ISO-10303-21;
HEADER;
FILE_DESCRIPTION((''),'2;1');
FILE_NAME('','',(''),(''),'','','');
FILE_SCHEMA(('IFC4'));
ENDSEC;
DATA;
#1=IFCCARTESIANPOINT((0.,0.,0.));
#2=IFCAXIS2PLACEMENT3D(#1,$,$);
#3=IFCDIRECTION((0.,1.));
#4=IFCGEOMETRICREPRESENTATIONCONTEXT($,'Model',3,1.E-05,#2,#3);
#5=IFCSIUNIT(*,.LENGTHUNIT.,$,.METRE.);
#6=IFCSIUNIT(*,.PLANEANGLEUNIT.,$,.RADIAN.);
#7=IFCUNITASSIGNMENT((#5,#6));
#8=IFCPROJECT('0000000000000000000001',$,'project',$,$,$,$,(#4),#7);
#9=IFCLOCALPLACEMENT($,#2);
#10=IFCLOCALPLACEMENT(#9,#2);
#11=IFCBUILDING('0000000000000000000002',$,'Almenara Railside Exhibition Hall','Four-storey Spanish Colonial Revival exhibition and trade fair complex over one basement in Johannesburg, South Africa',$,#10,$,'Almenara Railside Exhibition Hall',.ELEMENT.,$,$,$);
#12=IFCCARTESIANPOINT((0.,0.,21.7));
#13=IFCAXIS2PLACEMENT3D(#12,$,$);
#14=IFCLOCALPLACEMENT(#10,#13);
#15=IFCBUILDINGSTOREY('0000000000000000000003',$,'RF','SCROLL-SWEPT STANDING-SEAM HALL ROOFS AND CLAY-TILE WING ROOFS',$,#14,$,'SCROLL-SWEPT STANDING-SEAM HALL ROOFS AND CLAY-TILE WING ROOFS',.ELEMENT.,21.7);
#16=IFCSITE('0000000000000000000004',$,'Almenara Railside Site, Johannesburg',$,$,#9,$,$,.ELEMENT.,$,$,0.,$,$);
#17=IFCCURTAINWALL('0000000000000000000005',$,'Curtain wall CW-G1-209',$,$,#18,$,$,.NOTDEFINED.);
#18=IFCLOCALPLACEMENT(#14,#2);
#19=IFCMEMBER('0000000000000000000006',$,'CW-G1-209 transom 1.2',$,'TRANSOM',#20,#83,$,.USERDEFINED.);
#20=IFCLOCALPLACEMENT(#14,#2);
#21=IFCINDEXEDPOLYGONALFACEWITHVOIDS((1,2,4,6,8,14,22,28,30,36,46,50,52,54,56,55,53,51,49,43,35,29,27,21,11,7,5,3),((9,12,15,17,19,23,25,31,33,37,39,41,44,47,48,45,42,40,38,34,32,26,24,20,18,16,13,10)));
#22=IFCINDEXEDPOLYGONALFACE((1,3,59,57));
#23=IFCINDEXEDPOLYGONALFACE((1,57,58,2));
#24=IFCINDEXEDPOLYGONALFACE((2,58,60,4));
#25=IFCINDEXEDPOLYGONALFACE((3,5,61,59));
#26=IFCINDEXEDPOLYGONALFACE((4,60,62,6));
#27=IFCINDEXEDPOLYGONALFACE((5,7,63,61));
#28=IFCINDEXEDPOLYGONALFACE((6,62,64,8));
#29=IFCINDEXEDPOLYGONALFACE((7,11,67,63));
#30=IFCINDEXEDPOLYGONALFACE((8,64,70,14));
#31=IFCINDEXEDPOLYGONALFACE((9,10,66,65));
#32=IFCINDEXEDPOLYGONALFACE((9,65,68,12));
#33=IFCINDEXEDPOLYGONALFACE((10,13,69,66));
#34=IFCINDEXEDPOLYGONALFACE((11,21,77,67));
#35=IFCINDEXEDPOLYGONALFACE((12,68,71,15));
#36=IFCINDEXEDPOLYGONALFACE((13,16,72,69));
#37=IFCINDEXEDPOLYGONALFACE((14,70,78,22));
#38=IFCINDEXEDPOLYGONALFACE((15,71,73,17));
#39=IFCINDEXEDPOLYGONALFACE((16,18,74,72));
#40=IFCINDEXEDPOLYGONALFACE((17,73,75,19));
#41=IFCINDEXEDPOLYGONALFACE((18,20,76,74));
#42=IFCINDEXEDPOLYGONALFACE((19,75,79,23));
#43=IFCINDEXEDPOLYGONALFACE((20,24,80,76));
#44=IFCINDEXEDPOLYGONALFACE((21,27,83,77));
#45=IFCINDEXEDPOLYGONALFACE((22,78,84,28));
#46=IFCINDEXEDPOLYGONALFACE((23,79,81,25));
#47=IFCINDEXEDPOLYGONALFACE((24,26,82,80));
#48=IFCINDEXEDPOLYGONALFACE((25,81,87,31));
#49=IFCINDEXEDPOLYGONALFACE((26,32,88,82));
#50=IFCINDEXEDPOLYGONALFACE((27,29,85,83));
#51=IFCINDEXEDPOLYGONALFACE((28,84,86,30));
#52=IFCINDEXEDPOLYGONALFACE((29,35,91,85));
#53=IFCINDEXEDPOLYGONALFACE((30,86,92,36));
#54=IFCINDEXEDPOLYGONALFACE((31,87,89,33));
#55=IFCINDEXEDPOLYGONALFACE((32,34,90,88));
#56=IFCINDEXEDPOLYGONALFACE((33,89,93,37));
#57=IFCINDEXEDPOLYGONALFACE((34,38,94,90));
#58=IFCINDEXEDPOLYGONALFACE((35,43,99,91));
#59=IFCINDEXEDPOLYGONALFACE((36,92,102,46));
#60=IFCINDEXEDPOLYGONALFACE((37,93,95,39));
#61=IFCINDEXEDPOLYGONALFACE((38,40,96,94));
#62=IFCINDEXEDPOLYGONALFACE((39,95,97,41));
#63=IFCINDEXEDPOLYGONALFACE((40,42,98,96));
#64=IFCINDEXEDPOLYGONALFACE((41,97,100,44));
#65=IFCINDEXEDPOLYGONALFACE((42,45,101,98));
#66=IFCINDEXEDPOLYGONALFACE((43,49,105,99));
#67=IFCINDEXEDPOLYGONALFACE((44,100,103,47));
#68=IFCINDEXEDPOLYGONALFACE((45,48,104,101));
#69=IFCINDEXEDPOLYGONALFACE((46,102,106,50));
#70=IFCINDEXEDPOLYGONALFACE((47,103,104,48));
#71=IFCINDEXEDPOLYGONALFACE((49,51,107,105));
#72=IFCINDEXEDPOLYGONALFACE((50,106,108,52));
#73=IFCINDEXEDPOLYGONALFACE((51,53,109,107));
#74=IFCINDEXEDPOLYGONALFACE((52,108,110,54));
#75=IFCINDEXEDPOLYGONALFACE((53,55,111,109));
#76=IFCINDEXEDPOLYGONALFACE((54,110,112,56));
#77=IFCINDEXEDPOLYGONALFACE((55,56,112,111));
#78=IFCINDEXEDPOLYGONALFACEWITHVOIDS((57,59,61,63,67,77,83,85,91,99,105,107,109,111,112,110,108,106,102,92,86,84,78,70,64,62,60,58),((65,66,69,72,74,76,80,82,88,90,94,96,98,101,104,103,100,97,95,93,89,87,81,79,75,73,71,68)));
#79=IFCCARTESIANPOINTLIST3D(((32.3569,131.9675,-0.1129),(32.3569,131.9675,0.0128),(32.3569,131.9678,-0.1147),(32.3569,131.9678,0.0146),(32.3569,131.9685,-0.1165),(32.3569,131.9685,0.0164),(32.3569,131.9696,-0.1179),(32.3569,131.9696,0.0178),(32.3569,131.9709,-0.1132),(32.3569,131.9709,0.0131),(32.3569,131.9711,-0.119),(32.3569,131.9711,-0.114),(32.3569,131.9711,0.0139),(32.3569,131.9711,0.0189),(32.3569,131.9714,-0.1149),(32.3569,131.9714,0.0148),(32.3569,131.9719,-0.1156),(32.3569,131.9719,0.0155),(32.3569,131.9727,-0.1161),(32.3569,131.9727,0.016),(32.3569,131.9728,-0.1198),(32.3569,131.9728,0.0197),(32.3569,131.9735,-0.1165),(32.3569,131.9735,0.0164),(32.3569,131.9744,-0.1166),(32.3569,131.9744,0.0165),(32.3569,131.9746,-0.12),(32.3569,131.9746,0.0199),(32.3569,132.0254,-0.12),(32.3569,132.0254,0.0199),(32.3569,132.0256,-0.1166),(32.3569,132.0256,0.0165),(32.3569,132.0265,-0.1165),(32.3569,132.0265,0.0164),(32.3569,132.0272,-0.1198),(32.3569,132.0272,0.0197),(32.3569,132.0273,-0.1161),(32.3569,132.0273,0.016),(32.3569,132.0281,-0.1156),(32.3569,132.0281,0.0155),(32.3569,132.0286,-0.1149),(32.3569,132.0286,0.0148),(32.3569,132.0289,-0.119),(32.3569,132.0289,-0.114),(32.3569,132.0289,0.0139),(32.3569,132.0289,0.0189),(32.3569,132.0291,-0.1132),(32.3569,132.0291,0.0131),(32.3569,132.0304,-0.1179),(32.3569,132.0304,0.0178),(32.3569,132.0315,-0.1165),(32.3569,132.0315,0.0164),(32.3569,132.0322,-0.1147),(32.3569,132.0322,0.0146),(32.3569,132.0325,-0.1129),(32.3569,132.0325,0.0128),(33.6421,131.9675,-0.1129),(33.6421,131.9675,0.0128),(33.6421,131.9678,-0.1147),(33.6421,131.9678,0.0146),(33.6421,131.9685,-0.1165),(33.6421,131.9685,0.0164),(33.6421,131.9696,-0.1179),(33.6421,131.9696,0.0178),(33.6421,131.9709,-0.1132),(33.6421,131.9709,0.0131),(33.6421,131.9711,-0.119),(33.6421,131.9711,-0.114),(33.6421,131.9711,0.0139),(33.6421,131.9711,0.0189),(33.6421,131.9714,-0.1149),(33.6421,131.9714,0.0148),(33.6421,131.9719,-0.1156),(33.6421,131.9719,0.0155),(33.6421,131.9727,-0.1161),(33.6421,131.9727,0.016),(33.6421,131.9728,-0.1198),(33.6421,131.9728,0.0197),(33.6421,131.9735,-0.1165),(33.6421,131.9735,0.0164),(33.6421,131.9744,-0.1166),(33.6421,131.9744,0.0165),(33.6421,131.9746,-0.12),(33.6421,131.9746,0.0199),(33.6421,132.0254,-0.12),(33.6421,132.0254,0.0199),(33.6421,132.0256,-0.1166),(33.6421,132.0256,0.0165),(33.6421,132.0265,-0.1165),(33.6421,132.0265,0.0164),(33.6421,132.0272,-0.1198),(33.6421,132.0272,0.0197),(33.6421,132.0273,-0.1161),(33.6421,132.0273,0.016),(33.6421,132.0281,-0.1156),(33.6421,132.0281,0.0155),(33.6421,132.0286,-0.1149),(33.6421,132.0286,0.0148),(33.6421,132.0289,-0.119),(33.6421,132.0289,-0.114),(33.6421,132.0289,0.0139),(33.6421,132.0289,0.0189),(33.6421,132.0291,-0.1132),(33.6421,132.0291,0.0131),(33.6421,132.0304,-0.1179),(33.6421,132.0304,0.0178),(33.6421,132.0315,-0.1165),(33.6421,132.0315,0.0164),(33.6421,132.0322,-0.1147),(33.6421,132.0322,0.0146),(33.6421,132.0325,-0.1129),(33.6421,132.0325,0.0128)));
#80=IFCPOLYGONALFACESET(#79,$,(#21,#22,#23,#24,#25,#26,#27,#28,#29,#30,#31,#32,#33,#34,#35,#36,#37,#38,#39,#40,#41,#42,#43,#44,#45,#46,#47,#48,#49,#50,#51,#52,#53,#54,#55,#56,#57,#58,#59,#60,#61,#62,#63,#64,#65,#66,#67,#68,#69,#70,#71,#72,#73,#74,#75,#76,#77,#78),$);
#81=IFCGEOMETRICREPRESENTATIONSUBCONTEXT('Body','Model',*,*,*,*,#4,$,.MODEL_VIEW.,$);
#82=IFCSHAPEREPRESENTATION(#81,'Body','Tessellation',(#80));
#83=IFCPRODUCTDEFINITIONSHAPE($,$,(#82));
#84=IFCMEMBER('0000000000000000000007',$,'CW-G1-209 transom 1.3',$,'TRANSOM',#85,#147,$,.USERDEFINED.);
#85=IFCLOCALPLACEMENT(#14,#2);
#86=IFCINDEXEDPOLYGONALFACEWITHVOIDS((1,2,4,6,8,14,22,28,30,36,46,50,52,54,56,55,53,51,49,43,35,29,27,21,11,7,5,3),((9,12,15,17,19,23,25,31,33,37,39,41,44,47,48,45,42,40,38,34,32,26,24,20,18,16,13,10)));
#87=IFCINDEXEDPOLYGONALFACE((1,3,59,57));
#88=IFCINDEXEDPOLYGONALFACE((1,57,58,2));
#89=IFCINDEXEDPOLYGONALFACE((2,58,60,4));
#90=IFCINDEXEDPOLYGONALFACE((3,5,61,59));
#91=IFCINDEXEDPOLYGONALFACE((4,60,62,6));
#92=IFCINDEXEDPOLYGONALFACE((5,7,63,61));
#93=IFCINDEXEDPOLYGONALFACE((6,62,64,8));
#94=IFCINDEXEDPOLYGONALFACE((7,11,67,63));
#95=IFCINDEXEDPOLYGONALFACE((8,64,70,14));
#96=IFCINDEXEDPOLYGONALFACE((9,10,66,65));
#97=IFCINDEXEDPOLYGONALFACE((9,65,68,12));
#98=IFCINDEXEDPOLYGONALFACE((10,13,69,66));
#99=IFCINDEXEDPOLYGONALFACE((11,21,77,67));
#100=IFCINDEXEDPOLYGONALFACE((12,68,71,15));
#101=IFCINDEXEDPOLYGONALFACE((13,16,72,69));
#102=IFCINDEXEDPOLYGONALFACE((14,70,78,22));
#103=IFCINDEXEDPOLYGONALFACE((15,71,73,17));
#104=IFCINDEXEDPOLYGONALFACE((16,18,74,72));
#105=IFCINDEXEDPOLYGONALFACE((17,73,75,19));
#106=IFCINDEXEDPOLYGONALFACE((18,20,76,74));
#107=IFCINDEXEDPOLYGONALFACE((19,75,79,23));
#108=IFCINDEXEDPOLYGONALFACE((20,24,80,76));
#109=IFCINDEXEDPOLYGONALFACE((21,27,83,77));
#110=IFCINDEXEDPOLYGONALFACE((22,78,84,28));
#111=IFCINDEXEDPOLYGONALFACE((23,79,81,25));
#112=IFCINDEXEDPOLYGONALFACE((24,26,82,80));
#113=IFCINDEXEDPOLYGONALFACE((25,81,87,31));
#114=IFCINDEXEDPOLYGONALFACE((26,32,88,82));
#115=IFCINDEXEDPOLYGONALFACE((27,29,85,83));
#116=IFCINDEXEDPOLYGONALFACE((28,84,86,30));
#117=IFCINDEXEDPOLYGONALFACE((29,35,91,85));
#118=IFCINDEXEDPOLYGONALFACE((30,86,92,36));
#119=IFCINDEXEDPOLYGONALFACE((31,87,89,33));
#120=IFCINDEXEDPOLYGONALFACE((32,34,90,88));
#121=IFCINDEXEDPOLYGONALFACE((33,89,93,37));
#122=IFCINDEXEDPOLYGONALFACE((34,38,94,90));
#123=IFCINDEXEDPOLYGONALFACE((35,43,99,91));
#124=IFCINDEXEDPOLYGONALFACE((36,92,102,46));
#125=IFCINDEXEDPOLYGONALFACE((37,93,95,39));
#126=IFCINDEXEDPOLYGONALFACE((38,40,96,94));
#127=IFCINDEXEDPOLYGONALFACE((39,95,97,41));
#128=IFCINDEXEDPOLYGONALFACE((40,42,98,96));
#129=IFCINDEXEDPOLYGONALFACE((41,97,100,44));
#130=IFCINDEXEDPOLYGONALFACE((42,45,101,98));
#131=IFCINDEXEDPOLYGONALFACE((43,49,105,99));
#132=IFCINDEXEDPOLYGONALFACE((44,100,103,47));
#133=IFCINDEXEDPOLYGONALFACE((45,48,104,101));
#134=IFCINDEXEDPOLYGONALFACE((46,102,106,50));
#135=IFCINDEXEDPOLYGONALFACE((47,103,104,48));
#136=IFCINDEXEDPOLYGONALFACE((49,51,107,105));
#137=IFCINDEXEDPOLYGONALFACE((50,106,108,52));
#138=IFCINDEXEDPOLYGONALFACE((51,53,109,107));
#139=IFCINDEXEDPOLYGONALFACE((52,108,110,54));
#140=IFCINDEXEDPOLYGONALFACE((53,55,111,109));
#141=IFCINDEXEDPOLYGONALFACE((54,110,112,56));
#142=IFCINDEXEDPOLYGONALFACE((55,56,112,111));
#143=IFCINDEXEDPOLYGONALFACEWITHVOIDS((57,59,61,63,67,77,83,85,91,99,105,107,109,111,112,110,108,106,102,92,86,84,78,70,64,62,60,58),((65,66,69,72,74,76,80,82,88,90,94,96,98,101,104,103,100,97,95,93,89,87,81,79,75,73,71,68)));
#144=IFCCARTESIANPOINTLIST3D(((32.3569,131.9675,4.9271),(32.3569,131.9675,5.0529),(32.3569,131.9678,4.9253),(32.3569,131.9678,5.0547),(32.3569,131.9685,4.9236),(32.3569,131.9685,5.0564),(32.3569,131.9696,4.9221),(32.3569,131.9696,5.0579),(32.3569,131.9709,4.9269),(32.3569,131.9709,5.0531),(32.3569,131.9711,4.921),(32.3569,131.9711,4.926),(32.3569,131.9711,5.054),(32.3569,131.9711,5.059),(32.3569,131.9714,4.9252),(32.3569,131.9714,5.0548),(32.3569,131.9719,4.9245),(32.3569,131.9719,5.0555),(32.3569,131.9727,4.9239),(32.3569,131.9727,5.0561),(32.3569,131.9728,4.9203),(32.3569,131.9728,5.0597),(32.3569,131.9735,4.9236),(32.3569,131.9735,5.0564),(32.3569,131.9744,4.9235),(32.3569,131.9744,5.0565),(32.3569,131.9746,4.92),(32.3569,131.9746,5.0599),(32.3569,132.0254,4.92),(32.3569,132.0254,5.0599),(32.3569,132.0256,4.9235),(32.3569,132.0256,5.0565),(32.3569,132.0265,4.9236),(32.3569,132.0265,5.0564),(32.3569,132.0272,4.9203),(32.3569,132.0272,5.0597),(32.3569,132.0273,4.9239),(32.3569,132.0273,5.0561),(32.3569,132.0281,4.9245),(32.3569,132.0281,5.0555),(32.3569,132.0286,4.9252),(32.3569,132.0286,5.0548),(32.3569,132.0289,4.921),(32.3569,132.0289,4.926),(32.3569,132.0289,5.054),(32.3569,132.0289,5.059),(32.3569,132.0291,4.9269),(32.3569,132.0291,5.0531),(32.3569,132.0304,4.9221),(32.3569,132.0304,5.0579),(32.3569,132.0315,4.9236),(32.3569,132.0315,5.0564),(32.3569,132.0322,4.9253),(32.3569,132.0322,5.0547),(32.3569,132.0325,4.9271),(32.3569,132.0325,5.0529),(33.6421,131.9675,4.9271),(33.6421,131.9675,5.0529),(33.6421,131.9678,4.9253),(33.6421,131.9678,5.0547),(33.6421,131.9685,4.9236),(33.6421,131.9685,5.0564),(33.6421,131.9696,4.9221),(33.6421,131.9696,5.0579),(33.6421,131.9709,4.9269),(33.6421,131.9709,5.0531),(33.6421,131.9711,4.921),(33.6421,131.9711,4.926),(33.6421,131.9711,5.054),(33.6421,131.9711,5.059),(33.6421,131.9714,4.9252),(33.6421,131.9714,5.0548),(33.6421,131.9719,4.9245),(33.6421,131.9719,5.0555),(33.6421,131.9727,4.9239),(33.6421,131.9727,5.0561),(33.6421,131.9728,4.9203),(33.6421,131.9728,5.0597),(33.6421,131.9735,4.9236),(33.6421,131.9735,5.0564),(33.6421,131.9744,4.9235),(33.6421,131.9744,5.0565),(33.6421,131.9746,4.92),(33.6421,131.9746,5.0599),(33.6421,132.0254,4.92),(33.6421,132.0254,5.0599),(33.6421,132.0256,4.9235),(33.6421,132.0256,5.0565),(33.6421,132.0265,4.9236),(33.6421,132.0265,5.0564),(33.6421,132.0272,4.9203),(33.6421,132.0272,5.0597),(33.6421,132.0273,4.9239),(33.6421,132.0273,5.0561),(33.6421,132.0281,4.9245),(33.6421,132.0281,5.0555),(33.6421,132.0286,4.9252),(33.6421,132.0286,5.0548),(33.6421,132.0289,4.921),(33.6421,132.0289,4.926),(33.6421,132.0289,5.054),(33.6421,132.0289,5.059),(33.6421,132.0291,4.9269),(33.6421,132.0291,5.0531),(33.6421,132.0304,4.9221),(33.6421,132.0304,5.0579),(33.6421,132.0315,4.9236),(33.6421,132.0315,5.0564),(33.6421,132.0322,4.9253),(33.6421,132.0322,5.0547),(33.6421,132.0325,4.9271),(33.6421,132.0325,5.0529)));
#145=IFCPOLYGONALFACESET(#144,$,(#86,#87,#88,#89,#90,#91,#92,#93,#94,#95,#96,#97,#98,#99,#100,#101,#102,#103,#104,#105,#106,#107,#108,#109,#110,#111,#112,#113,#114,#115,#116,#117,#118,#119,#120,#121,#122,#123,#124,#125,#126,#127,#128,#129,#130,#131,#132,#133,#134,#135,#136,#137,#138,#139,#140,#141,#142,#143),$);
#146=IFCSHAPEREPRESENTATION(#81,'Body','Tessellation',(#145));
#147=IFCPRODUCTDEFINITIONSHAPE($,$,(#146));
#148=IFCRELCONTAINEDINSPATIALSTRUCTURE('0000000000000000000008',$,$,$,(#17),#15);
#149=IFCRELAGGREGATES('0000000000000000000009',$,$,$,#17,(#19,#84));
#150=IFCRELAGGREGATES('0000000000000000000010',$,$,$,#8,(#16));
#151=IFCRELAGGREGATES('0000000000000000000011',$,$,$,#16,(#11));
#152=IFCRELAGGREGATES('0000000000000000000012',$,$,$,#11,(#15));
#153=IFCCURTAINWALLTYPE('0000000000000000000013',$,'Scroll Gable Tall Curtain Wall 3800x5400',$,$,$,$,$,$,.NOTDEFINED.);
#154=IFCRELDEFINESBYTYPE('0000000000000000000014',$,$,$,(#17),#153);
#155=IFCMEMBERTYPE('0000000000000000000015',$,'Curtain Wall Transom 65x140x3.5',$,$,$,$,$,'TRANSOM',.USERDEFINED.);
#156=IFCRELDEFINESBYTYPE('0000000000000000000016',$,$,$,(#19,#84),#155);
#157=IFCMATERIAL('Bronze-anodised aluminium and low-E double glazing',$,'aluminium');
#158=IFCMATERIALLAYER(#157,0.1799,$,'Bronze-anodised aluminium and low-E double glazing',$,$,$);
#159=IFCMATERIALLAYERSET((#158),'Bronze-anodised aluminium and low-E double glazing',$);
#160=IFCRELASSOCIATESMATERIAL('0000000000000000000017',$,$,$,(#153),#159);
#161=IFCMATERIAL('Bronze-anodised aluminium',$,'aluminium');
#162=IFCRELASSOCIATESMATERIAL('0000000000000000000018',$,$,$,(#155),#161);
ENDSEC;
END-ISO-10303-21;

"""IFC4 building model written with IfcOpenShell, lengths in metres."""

from ifc_helpers import new_model, si_unit, direction, frame, origin, origin_2d, place, context, subcontext, project, spatial, hollow_rectangle, extrude, material, layer, layer_set, material_profile, profile_set, type_object, element, aggregate, save


model = new_model("IFC4")

# Units and contexts
model_context = context("Model", 3, precision=1e-05, world=origin(), true_north=direction((0.0, 1.0)))
body_context = subcontext(model_context, "Body", "Model", "MODEL_VIEW")
ifc_project = project(units=[si_unit("LENGTHUNIT", "METRE"), si_unit("PLANEANGLEUNIT", "RADIAN")], contexts=[model_context])

# Site, building, storey
site_placement = place(None, origin())
site = spatial("IfcSite", under=ifc_project, at=site_placement, Name="Almenara Railside Site, Johannesburg", CompositionType="ELEMENT", RefElevation=0.0)
building_placement = place(site_placement, origin())
building = spatial("IfcBuilding", under=site, at=building_placement, Name="Almenara Railside Exhibition Hall", Description="Four-storey Spanish Colonial Revival exhibition and trade fair complex over one basement in Johannesburg, South Africa", LongName="Almenara Railside Exhibition Hall", CompositionType="ELEMENT")
storey_placement = place(building_placement, frame((0.0, 0.0, 21.7)))
storey = spatial("IfcBuildingStorey", under=building, at=storey_placement, Name="RF", Description="SCROLL-SWEPT STANDING-SEAM HALL ROOFS AND CLAY-TILE WING ROOFS", LongName="SCROLL-SWEPT STANDING-SEAM HALL ROOFS AND CLAY-TILE WING ROOFS", CompositionType="ELEMENT", Elevation=21.7)

# Curtain wall
ifc_material_1 = material(Name="Bronze-anodised aluminium and low-E double glazing", Category="aluminium")
ifc_layer_1 = layer(ifc_material_1, 0.1799, Name="Bronze-anodised aluminium and low-E double glazing")
ifc_layer_set_1 = layer_set([ifc_layer_1], Name="Bronze-anodised aluminium and low-E double glazing")
curtain_wall_type = type_object("IfcCurtainWallType", Name="Scroll Gable Tall Curtain Wall 3800x5400", PredefinedType="NOTDEFINED", material=ifc_layer_set_1)
curtain_wall_1_placement = place(storey_placement, origin())
curtain_wall_1 = element("IfcCurtainWall", 1, at=curtain_wall_1_placement, inside=storey, type_object=curtain_wall_type, Name="Curtain wall CW-G1-209", PredefinedType="NOTDEFINED")
ifc_material_2 = material(Name="Bronze-anodised aluminium", Category="aluminium")

# Members
ifc_material_profile_1 = material_profile(ifc_material_2, hollow_rectangle(XDim=0.0649, YDim=0.1399, WallThickness=0.0034, InnerFilletRadius=0.0034, OuterFilletRadius=0.0071, at=origin_2d()), Name="ALU-TRN 65x140x3.5")
ifc_profile_set_1 = profile_set([ifc_material_profile_1], Name="Bronze-anodised aluminium")
member_type_1 = type_object("IfcMemberType", Name="Curtain Wall Transom 65x140x3.5", ElementType="TRANSOM", PredefinedType="USERDEFINED", material=ifc_profile_set_1)
member_1_placement = place(storey_placement, frame((32.3569, 132.0, -0.05), z_axis=(1.0, 0.0, 0.0), x_axis=(0.0, 1.0, 0.0)))
member_1 = element("IfcMember", 2, at=member_1_placement, type_object=member_type_1, Name="CW-G1-209 transom 1.2", ObjectType="TRANSOM", PredefinedType="USERDEFINED", context=body_context, shape_type="SweptSolid", body=[
    extrude(hollow_rectangle(XDim=0.0649, YDim=0.1399, WallThickness=0.0034, InnerFilletRadius=0.0034, OuterFilletRadius=0.0071, at=origin_2d()), origin(), (0.0, 0.0, 1.0), 1.2852),
])
member_2_placement = place(storey_placement, frame((32.3569, 132.0, 4.99), z_axis=(1.0, 0.0, 0.0), x_axis=(0.0, 1.0, 0.0)))
member_2 = element("IfcMember", 3, at=member_2_placement, type_object=member_type_1, Name="CW-G1-209 transom 1.3", ObjectType="TRANSOM", PredefinedType="USERDEFINED", context=body_context, shape_type="SweptSolid", body=[
    extrude(hollow_rectangle(XDim=0.0649, YDim=0.1399, WallThickness=0.0034, InnerFilletRadius=0.0034, OuterFilletRadius=0.0071, at=origin_2d()), origin(), (0.0, 0.0, 1.0), 1.2852),
])
aggregate(curtain_wall_1, [member_1, member_2])

save(model, "model.ifc")
